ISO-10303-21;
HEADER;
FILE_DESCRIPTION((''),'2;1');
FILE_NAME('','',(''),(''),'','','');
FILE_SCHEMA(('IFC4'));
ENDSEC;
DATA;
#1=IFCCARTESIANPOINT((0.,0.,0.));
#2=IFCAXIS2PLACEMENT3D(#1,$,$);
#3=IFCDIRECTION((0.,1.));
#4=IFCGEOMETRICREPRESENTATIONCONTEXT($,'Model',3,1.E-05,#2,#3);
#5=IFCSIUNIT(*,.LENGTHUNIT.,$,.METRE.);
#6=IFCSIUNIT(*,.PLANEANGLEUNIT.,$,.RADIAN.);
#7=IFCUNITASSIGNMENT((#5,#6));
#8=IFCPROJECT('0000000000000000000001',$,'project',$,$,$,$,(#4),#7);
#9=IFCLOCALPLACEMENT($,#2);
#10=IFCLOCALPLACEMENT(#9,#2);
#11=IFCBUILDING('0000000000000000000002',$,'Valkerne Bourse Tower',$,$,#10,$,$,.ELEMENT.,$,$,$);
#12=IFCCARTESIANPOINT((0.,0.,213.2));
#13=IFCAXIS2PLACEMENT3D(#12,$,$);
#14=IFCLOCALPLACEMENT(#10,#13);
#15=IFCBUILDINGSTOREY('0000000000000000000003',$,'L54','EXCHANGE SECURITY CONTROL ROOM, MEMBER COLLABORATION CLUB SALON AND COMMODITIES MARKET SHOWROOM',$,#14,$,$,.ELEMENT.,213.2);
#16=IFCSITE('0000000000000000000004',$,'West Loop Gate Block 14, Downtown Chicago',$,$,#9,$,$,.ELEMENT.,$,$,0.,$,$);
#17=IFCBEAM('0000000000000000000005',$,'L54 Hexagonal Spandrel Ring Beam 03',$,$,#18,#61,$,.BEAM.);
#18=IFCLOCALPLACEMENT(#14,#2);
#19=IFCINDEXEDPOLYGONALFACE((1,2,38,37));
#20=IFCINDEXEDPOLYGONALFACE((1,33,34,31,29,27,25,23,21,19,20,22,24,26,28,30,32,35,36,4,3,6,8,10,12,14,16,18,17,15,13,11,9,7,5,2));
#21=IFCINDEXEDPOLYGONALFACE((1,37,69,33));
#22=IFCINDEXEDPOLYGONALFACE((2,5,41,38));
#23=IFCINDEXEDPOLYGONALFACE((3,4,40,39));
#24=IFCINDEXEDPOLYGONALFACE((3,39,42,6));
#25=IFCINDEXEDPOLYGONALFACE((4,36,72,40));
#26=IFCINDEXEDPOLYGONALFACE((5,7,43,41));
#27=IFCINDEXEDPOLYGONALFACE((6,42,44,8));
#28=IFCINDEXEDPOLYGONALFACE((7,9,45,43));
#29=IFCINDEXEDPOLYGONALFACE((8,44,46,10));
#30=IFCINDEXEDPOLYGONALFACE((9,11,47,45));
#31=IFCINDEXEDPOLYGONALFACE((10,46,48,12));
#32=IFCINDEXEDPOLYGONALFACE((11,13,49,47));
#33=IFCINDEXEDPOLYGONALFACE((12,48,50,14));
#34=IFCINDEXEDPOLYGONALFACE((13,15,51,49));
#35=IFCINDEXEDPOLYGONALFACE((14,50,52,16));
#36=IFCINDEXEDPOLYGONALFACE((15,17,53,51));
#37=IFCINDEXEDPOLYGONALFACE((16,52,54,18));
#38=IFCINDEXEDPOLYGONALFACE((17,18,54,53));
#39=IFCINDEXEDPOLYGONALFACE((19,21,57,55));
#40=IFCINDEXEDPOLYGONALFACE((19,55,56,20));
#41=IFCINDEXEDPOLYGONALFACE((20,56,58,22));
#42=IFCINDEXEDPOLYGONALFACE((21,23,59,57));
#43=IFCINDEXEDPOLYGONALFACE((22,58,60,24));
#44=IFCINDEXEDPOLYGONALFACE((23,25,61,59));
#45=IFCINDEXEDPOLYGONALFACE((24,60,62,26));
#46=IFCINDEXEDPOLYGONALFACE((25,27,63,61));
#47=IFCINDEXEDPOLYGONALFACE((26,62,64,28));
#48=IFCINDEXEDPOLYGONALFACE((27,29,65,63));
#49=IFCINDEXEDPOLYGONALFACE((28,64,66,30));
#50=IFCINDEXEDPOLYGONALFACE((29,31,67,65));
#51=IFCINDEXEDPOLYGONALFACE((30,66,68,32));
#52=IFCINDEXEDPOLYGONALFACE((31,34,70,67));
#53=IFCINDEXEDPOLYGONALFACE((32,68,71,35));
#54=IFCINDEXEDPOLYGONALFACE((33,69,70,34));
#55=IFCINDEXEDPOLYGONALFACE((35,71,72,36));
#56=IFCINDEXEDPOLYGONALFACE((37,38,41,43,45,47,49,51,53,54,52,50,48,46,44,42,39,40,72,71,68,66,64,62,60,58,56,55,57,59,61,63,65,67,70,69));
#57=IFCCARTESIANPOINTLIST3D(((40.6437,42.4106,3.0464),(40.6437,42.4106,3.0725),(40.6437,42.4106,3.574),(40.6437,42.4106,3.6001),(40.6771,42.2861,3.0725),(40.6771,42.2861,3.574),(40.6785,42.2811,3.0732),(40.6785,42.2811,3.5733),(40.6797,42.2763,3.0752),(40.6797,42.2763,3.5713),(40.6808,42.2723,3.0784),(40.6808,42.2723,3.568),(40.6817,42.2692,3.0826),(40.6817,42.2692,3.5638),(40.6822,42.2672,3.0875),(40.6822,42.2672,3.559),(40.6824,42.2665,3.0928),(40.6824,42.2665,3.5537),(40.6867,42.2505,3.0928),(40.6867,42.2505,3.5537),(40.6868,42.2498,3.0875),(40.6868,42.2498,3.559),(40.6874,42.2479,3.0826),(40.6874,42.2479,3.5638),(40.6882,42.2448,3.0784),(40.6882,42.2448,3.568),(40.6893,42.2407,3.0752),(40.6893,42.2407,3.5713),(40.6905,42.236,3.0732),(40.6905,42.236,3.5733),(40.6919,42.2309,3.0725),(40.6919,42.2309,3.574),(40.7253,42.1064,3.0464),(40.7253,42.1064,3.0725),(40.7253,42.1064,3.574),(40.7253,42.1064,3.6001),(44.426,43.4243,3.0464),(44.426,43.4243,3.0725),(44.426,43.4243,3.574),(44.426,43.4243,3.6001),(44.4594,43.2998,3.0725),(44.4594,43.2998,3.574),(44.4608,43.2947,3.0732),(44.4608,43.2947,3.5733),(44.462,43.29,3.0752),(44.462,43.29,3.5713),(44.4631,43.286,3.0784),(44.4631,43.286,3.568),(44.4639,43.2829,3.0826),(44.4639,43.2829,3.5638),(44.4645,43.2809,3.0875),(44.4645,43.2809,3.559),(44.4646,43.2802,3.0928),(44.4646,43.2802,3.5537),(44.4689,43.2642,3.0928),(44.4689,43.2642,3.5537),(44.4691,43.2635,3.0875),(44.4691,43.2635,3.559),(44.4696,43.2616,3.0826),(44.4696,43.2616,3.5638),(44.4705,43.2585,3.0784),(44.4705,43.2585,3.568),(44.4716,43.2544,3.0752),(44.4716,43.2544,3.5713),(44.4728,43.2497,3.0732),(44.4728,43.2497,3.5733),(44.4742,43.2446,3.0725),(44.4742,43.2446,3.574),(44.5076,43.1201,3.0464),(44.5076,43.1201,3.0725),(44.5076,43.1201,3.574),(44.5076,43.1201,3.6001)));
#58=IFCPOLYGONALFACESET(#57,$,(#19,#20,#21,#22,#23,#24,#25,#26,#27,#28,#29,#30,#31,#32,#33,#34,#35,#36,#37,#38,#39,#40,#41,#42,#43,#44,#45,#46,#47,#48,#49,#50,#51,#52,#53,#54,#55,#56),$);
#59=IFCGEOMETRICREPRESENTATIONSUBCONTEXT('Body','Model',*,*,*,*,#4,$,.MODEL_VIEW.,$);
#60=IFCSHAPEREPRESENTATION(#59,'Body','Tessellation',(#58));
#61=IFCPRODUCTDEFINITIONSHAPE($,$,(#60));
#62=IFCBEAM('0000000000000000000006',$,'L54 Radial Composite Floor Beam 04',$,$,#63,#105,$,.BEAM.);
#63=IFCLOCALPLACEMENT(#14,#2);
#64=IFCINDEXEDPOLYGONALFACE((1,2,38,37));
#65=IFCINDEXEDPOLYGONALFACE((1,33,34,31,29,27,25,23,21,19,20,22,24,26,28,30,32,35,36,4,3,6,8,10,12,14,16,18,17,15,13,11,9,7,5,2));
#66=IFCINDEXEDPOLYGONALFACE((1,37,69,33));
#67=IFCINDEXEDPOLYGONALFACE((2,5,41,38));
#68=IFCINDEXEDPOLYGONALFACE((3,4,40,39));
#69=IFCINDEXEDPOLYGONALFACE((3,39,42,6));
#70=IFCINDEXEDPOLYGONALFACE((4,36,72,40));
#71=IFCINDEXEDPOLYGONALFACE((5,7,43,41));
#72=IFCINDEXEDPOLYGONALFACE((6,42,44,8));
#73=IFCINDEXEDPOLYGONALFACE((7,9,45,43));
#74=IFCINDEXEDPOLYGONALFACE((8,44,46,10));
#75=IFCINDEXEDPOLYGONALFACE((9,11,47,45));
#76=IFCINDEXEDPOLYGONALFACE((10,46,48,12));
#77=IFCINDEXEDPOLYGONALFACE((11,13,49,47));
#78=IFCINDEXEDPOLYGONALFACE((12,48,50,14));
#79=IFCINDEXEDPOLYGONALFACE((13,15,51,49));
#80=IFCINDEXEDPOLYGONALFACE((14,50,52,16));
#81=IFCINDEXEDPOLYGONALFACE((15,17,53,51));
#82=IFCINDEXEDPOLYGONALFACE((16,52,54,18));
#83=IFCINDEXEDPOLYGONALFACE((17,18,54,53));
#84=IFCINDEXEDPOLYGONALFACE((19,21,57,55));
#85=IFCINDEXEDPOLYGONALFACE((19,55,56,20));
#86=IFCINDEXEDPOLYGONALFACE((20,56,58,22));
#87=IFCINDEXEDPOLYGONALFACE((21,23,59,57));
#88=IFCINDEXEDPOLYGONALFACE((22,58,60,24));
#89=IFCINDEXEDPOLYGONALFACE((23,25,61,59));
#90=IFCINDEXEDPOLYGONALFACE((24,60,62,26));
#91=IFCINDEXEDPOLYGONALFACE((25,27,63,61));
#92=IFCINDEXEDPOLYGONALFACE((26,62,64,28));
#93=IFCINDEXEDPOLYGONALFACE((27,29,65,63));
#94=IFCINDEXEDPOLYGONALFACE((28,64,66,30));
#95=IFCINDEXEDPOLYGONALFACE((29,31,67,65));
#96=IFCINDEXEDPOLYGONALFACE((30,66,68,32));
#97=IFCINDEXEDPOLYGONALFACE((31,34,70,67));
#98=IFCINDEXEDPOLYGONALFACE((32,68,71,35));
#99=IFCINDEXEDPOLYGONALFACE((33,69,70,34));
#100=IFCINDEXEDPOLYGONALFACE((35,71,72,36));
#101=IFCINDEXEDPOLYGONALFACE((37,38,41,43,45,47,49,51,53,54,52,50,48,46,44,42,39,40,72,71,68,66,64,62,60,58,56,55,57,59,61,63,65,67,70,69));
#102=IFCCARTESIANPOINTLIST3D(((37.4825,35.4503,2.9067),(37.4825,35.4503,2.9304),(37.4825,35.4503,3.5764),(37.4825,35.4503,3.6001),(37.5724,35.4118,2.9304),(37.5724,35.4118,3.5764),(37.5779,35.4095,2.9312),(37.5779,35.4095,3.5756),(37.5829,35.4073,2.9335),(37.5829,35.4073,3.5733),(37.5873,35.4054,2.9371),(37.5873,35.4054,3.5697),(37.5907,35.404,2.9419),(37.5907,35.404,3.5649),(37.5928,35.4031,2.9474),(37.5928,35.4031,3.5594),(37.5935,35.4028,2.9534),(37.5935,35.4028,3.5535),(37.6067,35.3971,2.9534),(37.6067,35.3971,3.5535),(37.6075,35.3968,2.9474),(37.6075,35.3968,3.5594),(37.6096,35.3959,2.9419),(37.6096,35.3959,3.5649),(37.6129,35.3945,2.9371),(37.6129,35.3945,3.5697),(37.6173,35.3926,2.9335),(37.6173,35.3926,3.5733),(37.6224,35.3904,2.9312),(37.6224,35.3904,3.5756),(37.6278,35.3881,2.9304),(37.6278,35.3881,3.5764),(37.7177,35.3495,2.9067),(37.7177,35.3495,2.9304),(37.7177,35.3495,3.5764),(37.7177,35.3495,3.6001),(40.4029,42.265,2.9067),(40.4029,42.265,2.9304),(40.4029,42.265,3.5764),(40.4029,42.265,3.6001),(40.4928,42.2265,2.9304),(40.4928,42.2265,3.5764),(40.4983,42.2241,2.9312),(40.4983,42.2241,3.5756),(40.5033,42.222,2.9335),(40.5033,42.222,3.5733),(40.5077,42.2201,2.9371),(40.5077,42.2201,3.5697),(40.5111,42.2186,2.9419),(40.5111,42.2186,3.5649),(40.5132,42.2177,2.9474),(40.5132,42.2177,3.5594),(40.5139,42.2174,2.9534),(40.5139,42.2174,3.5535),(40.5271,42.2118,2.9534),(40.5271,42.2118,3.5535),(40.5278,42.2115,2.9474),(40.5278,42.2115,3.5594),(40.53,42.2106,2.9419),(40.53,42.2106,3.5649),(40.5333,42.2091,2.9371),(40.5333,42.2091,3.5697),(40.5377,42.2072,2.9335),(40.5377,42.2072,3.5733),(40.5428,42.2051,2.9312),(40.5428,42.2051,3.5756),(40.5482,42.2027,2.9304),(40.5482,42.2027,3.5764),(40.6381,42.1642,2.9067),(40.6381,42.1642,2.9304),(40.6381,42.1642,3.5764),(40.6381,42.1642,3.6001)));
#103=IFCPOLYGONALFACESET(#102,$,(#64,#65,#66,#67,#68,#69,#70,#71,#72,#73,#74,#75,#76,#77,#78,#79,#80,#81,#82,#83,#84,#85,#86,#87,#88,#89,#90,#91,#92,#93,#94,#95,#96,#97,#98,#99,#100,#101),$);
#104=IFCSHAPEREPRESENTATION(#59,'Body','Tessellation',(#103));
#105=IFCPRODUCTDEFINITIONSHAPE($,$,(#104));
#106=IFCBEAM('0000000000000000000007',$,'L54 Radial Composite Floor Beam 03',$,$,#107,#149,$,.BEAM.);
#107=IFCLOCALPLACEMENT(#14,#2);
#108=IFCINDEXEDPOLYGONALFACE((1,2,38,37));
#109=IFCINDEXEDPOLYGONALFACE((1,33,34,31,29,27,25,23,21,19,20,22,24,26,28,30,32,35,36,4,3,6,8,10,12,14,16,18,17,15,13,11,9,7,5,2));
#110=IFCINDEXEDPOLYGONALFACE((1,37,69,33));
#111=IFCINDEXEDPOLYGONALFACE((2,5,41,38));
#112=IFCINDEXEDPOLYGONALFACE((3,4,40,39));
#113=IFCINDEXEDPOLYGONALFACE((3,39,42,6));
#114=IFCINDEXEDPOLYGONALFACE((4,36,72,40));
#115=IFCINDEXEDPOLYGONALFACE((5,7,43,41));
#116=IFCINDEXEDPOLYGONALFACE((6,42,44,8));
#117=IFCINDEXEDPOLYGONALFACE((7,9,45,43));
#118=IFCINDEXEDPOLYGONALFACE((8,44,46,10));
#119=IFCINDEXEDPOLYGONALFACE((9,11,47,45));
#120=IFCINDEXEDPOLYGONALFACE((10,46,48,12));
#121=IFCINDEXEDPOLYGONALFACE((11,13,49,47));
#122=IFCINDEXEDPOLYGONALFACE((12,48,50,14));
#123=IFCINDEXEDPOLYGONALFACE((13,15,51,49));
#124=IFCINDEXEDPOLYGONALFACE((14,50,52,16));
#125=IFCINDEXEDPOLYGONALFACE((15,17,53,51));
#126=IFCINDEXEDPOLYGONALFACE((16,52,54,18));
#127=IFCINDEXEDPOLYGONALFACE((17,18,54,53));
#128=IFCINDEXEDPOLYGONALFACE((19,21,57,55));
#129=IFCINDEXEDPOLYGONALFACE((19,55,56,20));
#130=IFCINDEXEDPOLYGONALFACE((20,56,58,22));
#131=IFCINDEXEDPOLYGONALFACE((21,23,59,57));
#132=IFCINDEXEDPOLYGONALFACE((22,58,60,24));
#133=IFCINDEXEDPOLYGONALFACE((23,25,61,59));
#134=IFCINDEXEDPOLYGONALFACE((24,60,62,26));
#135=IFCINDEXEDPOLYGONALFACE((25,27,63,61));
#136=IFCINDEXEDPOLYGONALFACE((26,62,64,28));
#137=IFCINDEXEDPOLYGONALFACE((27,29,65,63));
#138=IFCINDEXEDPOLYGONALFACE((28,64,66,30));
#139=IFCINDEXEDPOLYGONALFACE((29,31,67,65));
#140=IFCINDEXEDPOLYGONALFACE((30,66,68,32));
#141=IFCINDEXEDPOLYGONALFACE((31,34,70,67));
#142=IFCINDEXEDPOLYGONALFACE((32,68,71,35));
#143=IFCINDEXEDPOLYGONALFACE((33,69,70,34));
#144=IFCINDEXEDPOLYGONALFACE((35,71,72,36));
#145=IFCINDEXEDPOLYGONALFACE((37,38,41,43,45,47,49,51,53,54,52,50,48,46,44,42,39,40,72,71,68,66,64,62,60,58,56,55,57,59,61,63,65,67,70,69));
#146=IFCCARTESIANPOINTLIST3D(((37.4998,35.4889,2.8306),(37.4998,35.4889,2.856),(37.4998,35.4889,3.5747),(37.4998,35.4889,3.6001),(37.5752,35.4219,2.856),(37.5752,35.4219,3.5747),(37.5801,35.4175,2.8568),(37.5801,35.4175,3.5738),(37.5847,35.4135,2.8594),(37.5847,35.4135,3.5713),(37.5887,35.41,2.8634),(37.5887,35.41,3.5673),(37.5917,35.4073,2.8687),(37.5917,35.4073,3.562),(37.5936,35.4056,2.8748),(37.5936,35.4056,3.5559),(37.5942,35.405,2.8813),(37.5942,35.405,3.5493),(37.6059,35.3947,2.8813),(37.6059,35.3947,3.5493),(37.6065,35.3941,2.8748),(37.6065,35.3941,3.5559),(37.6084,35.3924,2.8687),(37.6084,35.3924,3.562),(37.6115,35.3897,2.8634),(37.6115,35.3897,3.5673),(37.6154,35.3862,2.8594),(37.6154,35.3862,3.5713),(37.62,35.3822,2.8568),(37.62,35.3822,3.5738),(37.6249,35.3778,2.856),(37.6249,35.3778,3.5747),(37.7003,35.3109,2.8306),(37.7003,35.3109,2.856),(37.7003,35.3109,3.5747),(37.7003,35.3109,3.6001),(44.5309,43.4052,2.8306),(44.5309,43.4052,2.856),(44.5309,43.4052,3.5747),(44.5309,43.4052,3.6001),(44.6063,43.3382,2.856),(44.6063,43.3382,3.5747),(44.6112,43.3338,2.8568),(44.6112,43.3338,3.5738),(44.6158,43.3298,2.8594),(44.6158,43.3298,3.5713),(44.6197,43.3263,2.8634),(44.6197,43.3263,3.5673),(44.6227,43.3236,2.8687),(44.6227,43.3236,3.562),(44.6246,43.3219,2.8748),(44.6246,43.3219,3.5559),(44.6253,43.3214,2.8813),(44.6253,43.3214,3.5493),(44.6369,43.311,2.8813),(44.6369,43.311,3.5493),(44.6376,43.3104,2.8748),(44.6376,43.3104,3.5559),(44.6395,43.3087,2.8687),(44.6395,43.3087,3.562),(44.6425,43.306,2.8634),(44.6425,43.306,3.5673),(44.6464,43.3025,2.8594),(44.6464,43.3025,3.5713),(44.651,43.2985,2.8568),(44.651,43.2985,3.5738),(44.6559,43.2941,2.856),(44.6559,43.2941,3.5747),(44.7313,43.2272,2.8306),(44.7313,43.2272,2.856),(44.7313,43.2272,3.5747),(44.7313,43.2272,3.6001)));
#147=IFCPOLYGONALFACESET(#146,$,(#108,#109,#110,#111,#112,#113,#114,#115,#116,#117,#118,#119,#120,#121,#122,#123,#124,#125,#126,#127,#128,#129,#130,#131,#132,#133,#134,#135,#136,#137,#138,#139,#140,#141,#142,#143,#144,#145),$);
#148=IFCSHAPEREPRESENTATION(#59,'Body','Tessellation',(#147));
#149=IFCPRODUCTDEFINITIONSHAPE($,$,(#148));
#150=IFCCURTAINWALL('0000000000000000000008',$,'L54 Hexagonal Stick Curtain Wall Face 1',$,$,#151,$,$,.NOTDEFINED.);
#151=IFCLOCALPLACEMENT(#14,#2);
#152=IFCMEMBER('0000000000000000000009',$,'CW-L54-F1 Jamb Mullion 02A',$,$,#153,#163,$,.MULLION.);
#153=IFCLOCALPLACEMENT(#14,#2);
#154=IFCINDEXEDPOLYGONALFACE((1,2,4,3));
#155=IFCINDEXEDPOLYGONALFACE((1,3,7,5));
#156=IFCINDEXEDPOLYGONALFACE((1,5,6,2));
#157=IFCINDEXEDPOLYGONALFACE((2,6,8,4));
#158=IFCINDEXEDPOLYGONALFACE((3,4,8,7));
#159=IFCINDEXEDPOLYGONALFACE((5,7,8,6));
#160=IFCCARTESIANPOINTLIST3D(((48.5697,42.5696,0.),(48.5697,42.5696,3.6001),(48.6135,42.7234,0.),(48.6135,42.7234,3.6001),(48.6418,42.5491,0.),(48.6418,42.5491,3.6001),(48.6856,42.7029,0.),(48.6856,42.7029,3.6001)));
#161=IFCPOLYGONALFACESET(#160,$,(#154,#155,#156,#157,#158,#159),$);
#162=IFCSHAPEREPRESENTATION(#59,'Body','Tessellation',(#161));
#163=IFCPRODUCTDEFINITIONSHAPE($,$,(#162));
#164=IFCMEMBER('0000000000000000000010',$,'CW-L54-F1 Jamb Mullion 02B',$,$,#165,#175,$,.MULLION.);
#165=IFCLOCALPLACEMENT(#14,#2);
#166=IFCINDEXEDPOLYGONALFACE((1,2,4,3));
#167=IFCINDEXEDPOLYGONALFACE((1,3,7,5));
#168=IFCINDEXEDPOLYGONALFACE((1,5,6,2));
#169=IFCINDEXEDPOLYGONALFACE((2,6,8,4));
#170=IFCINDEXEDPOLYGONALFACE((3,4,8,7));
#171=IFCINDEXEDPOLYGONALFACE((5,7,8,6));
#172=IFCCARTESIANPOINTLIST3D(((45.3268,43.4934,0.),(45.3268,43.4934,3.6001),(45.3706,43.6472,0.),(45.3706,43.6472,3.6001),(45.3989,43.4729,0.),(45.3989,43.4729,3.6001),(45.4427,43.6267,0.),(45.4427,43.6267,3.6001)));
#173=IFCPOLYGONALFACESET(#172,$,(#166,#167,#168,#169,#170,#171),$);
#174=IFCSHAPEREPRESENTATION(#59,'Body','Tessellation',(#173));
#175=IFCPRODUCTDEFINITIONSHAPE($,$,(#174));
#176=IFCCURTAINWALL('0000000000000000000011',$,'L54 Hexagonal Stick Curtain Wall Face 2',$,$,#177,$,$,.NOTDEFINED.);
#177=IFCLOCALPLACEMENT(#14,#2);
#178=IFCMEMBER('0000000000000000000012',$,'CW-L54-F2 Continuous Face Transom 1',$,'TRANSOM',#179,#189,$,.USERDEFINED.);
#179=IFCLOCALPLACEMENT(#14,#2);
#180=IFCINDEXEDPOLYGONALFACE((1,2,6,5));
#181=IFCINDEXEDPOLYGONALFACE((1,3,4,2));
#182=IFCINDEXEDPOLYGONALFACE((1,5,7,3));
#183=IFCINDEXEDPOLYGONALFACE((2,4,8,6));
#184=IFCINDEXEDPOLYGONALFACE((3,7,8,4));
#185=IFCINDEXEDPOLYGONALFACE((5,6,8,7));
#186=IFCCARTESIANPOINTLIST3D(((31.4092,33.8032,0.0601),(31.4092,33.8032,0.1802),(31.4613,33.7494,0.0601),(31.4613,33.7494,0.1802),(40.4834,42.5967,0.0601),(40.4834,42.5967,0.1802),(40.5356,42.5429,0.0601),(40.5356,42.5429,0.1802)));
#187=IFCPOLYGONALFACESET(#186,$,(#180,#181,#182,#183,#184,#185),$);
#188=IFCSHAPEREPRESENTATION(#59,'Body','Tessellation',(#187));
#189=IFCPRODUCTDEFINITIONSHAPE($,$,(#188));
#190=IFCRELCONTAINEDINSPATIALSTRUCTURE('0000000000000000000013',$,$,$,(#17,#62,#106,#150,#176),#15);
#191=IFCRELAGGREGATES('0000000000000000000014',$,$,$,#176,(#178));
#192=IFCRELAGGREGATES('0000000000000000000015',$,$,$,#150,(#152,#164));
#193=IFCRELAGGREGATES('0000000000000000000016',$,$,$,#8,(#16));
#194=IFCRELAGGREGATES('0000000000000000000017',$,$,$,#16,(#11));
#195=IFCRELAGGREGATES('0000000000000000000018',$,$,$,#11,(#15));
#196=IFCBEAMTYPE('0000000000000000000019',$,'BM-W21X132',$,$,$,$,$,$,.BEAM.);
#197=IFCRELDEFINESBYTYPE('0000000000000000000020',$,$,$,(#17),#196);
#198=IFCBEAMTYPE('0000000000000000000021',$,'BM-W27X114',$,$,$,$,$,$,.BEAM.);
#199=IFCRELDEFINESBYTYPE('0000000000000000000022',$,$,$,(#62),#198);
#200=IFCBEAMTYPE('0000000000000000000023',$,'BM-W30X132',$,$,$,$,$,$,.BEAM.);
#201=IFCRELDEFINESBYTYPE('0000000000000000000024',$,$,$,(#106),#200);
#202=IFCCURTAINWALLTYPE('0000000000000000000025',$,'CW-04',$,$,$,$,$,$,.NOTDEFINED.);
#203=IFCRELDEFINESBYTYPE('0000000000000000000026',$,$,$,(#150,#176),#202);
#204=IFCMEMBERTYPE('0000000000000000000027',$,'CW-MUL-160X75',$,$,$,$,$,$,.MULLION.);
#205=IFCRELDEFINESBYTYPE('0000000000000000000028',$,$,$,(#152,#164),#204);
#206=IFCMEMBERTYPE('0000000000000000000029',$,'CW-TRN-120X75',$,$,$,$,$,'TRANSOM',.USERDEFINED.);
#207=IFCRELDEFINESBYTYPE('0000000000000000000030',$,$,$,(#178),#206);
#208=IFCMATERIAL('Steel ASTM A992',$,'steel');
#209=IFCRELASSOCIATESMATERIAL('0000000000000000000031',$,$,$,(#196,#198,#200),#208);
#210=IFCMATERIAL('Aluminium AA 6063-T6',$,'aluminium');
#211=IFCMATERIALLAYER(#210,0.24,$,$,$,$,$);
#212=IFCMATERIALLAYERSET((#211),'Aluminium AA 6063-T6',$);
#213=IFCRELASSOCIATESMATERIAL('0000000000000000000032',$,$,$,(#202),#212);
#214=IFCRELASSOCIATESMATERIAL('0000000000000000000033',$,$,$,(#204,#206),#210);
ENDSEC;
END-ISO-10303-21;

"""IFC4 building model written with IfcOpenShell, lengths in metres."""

from ifc_helpers import new_model, si_unit, direction, frame, origin, origin_2d, place, context, subcontext, project, spatial, rectangle, i_section, extrude, material, layer, layer_set, material_profile, profile_set, type_object, element, aggregate, save


model = new_model("IFC4")

# Units and contexts
model_context = context("Model", 3, precision=1e-05, world=origin(), true_north=direction((0.0, 1.0)))
body_context = subcontext(model_context, "Body", "Model", "MODEL_VIEW")
ifc_project = project(units=[si_unit("LENGTHUNIT", "METRE"), si_unit("PLANEANGLEUNIT", "RADIAN")], contexts=[model_context])

# Site, building, storey
site_placement = place(None, origin())
site = spatial("IfcSite", under=ifc_project, at=site_placement, Name="West Loop Gate Block 14, Downtown Chicago", CompositionType="ELEMENT", RefElevation=0.0)
building_placement = place(site_placement, origin())
building = spatial("IfcBuilding", under=site, at=building_placement, Name="Valkerne Bourse Tower", CompositionType="ELEMENT")
storey_placement = place(building_placement, frame((0.0, 0.0, 213.2)))
storey = spatial("IfcBuildingStorey", under=building, at=storey_placement, Name="L54", Description="EXCHANGE SECURITY CONTROL ROOM, MEMBER COLLABORATION CLUB SALON AND COMMODITIES MARKET SHOWROOM", CompositionType="ELEMENT", Elevation=213.2)

# Beams
ifc_material_1 = material(Name="Steel ASTM A992", Category="steel")
ifc_material_profile_1 = material_profile(ifc_material_1, i_section(OverallWidth=0.3149, OverallDepth=0.5537, WebThickness=0.0166, FlangeThickness=0.0261, FilletRadius=0.0203, at=origin_2d()), Name="W21X132")
ifc_profile_set_1 = profile_set([ifc_material_profile_1], Name="Steel ASTM A992")
beam_type_1 = type_object("IfcBeamType", Name="BM-W21X132", PredefinedType="BEAM", material=ifc_profile_set_1)
beam_1_placement = place(storey_placement, frame((44.4668, 43.2722, 3.3232), z_axis=(-0.965911, -0.258873, 0.0), x_axis=(0.258873, -0.965911, 0.0)))
element("IfcBeam", 1, at=beam_1_placement, inside=storey, type_object=beam_type_1, Name="L54 Hexagonal Spandrel Ring Beam 03", PredefinedType="BEAM", context=body_context, shape_type="SweptSolid", body=[
    extrude(i_section(OverallWidth=0.3149, OverallDepth=0.5537, WebThickness=0.0166, FlangeThickness=0.0261, FilletRadius=0.0203, at=origin_2d()), origin(), (0.0, 0.0, 1.0), 3.9158),
])
ifc_material_profile_2 = material_profile(ifc_material_1, i_section(OverallWidth=0.2559, OverallDepth=0.6934, WebThickness=0.0144, FlangeThickness=0.0237, FilletRadius=0.0229, at=origin_2d()), Name="W27X114")
ifc_profile_set_2 = profile_set([ifc_material_profile_2], Name="Steel ASTM A992")
beam_type_2 = type_object("IfcBeamType", Name="BM-W27X114", PredefinedType="BEAM", material=ifc_profile_set_2)
beam_2_placement = place(storey_placement, frame((40.5205, 42.2146, 3.2534), z_axis=(-0.393899, -0.919154, 0.0), x_axis=(0.919154, -0.393899, 0.0)))
element("IfcBeam", 2, at=beam_2_placement, inside=storey, type_object=beam_type_2, Name="L54 Radial Composite Floor Beam 04", PredefinedType="BEAM", context=body_context, shape_type="SweptSolid", body=[
    extrude(i_section(OverallWidth=0.2559, OverallDepth=0.6934, WebThickness=0.0144, FlangeThickness=0.0237, FilletRadius=0.0229, at=origin_2d()), origin(), (0.0, 0.0, 1.0), 7.4141),
])
ifc_material_profile_3 = material_profile(ifc_material_1, i_section(OverallWidth=0.2681, OverallDepth=0.7695, WebThickness=0.0156, FlangeThickness=0.0254, FilletRadius=0.0254, at=origin_2d()), Name="W30X132")
ifc_profile_set_3 = profile_set([ifc_material_profile_3], Name="Steel ASTM A992")
beam_type_3 = type_object("IfcBeamType", Name="BM-W30X132", PredefinedType="BEAM", material=ifc_profile_set_3)
beam_3_placement = place(storey_placement, frame((44.6311, 43.3162, 3.2153), z_axis=(-0.664065, -0.747675, 0.0), x_axis=(0.747675, -0.664065, 0.0)))
element("IfcBeam", 3, at=beam_3_placement, inside=storey, type_object=beam_type_3, Name="L54 Radial Composite Floor Beam 03", PredefinedType="BEAM", context=body_context, shape_type="SweptSolid", body=[
    extrude(i_section(OverallWidth=0.2681, OverallDepth=0.7695, WebThickness=0.0156, FlangeThickness=0.0254, FilletRadius=0.0254, at=origin_2d()), origin(), (0.0, 0.0, 1.0), 10.5879),
])

# Curtain walls, members
ifc_material_2 = material(Name="Aluminium AA 6063-T6", Category="aluminium")
ifc_layer_1 = layer(ifc_material_2, 0.24)
ifc_layer_set_1 = layer_set([ifc_layer_1], Name="Aluminium AA 6063-T6")
curtain_wall_type = type_object("IfcCurtainWallType", Name="CW-04", PredefinedType="NOTDEFINED", material=ifc_layer_set_1)
curtain_wall_1_placement = place(storey_placement, origin())
curtain_wall_1 = element("IfcCurtainWall", 4, at=curtain_wall_1_placement, inside=storey, type_object=curtain_wall_type, Name="L54 Hexagonal Stick Curtain Wall Face 1", PredefinedType="NOTDEFINED")
ifc_material_profile_4 = material_profile(ifc_material_2, rectangle(XDim=0.075, YDim=0.1599, at=origin_2d()), Name="CWM-75X160")
ifc_profile_set_4 = profile_set([ifc_material_profile_4], Name="Aluminium AA 6063-T6")
member_type_1 = type_object("IfcMemberType", Name="CW-MUL-160X75", PredefinedType="MULLION", material=ifc_profile_set_4)
member_1_placement = place(storey_placement, frame((48.6277, 42.6362, 0.0), z_axis=(0.0, 0.0, 1.0), x_axis=(-0.961741, 0.273959, 0.0)))
member_1 = element("IfcMember", 5, at=member_1_placement, type_object=member_type_1, Name="CW-L54-F1 Jamb Mullion 02A", PredefinedType="MULLION", context=body_context, shape_type="SweptSolid", body=[
    extrude(rectangle(XDim=0.075, YDim=0.1599, at=origin_2d()), origin(), (0.0, 0.0, 1.0), 3.6001),
])
member_2_placement = place(storey_placement, frame((45.3848, 43.5601, 0.0), z_axis=(0.0, 0.0, 1.0), x_axis=(-0.961741, 0.273959, 0.0)))
member_2 = element("IfcMember", 6, at=member_2_placement, type_object=member_type_1, Name="CW-L54-F1 Jamb Mullion 02B", PredefinedType="MULLION", context=body_context, shape_type="SweptSolid", body=[
    extrude(rectangle(XDim=0.075, YDim=0.1599, at=origin_2d()), origin(), (0.0, 0.0, 1.0), 3.6001),
])
curtain_wall_2_placement = place(storey_placement, origin())
curtain_wall_2 = element("IfcCurtainWall", 7, at=curtain_wall_2_placement, inside=storey, type_object=curtain_wall_type, Name="L54 Hexagonal Stick Curtain Wall Face 2", PredefinedType="NOTDEFINED")
ifc_material_profile_5 = material_profile(ifc_material_2, rectangle(XDim=0.075, YDim=0.1201, at=origin_2d()), Name="CWT-75X120")
ifc_profile_set_5 = profile_set([ifc_material_profile_5], Name="Aluminium AA 6063-T6")
member_type_2 = type_object("IfcMemberType", Name="CW-TRN-120X75", ElementType="TRANSOM", PredefinedType="USERDEFINED", material=ifc_profile_set_5)
member_3_placement = place(storey_placement, frame((40.5095, 42.5698, 0.1201), z_axis=(-0.718129, -0.69591, 0.0), x_axis=(0.69591, -0.718129, 0.0)))
member_3 = element("IfcMember", 8, at=member_3_placement, type_object=member_type_2, Name="CW-L54-F2 Continuous Face Transom 1", ObjectType="TRANSOM", PredefinedType="USERDEFINED", context=body_context, shape_type="SweptSolid", body=[
    extrude(rectangle(XDim=0.075, YDim=0.1201, at=origin_2d()), origin(), (0.0, 0.0, 1.0), 12.636),
])
aggregate(curtain_wall_2, [member_3])

aggregate(curtain_wall_1, [member_1, member_2])

save(model, "model.ifc")
